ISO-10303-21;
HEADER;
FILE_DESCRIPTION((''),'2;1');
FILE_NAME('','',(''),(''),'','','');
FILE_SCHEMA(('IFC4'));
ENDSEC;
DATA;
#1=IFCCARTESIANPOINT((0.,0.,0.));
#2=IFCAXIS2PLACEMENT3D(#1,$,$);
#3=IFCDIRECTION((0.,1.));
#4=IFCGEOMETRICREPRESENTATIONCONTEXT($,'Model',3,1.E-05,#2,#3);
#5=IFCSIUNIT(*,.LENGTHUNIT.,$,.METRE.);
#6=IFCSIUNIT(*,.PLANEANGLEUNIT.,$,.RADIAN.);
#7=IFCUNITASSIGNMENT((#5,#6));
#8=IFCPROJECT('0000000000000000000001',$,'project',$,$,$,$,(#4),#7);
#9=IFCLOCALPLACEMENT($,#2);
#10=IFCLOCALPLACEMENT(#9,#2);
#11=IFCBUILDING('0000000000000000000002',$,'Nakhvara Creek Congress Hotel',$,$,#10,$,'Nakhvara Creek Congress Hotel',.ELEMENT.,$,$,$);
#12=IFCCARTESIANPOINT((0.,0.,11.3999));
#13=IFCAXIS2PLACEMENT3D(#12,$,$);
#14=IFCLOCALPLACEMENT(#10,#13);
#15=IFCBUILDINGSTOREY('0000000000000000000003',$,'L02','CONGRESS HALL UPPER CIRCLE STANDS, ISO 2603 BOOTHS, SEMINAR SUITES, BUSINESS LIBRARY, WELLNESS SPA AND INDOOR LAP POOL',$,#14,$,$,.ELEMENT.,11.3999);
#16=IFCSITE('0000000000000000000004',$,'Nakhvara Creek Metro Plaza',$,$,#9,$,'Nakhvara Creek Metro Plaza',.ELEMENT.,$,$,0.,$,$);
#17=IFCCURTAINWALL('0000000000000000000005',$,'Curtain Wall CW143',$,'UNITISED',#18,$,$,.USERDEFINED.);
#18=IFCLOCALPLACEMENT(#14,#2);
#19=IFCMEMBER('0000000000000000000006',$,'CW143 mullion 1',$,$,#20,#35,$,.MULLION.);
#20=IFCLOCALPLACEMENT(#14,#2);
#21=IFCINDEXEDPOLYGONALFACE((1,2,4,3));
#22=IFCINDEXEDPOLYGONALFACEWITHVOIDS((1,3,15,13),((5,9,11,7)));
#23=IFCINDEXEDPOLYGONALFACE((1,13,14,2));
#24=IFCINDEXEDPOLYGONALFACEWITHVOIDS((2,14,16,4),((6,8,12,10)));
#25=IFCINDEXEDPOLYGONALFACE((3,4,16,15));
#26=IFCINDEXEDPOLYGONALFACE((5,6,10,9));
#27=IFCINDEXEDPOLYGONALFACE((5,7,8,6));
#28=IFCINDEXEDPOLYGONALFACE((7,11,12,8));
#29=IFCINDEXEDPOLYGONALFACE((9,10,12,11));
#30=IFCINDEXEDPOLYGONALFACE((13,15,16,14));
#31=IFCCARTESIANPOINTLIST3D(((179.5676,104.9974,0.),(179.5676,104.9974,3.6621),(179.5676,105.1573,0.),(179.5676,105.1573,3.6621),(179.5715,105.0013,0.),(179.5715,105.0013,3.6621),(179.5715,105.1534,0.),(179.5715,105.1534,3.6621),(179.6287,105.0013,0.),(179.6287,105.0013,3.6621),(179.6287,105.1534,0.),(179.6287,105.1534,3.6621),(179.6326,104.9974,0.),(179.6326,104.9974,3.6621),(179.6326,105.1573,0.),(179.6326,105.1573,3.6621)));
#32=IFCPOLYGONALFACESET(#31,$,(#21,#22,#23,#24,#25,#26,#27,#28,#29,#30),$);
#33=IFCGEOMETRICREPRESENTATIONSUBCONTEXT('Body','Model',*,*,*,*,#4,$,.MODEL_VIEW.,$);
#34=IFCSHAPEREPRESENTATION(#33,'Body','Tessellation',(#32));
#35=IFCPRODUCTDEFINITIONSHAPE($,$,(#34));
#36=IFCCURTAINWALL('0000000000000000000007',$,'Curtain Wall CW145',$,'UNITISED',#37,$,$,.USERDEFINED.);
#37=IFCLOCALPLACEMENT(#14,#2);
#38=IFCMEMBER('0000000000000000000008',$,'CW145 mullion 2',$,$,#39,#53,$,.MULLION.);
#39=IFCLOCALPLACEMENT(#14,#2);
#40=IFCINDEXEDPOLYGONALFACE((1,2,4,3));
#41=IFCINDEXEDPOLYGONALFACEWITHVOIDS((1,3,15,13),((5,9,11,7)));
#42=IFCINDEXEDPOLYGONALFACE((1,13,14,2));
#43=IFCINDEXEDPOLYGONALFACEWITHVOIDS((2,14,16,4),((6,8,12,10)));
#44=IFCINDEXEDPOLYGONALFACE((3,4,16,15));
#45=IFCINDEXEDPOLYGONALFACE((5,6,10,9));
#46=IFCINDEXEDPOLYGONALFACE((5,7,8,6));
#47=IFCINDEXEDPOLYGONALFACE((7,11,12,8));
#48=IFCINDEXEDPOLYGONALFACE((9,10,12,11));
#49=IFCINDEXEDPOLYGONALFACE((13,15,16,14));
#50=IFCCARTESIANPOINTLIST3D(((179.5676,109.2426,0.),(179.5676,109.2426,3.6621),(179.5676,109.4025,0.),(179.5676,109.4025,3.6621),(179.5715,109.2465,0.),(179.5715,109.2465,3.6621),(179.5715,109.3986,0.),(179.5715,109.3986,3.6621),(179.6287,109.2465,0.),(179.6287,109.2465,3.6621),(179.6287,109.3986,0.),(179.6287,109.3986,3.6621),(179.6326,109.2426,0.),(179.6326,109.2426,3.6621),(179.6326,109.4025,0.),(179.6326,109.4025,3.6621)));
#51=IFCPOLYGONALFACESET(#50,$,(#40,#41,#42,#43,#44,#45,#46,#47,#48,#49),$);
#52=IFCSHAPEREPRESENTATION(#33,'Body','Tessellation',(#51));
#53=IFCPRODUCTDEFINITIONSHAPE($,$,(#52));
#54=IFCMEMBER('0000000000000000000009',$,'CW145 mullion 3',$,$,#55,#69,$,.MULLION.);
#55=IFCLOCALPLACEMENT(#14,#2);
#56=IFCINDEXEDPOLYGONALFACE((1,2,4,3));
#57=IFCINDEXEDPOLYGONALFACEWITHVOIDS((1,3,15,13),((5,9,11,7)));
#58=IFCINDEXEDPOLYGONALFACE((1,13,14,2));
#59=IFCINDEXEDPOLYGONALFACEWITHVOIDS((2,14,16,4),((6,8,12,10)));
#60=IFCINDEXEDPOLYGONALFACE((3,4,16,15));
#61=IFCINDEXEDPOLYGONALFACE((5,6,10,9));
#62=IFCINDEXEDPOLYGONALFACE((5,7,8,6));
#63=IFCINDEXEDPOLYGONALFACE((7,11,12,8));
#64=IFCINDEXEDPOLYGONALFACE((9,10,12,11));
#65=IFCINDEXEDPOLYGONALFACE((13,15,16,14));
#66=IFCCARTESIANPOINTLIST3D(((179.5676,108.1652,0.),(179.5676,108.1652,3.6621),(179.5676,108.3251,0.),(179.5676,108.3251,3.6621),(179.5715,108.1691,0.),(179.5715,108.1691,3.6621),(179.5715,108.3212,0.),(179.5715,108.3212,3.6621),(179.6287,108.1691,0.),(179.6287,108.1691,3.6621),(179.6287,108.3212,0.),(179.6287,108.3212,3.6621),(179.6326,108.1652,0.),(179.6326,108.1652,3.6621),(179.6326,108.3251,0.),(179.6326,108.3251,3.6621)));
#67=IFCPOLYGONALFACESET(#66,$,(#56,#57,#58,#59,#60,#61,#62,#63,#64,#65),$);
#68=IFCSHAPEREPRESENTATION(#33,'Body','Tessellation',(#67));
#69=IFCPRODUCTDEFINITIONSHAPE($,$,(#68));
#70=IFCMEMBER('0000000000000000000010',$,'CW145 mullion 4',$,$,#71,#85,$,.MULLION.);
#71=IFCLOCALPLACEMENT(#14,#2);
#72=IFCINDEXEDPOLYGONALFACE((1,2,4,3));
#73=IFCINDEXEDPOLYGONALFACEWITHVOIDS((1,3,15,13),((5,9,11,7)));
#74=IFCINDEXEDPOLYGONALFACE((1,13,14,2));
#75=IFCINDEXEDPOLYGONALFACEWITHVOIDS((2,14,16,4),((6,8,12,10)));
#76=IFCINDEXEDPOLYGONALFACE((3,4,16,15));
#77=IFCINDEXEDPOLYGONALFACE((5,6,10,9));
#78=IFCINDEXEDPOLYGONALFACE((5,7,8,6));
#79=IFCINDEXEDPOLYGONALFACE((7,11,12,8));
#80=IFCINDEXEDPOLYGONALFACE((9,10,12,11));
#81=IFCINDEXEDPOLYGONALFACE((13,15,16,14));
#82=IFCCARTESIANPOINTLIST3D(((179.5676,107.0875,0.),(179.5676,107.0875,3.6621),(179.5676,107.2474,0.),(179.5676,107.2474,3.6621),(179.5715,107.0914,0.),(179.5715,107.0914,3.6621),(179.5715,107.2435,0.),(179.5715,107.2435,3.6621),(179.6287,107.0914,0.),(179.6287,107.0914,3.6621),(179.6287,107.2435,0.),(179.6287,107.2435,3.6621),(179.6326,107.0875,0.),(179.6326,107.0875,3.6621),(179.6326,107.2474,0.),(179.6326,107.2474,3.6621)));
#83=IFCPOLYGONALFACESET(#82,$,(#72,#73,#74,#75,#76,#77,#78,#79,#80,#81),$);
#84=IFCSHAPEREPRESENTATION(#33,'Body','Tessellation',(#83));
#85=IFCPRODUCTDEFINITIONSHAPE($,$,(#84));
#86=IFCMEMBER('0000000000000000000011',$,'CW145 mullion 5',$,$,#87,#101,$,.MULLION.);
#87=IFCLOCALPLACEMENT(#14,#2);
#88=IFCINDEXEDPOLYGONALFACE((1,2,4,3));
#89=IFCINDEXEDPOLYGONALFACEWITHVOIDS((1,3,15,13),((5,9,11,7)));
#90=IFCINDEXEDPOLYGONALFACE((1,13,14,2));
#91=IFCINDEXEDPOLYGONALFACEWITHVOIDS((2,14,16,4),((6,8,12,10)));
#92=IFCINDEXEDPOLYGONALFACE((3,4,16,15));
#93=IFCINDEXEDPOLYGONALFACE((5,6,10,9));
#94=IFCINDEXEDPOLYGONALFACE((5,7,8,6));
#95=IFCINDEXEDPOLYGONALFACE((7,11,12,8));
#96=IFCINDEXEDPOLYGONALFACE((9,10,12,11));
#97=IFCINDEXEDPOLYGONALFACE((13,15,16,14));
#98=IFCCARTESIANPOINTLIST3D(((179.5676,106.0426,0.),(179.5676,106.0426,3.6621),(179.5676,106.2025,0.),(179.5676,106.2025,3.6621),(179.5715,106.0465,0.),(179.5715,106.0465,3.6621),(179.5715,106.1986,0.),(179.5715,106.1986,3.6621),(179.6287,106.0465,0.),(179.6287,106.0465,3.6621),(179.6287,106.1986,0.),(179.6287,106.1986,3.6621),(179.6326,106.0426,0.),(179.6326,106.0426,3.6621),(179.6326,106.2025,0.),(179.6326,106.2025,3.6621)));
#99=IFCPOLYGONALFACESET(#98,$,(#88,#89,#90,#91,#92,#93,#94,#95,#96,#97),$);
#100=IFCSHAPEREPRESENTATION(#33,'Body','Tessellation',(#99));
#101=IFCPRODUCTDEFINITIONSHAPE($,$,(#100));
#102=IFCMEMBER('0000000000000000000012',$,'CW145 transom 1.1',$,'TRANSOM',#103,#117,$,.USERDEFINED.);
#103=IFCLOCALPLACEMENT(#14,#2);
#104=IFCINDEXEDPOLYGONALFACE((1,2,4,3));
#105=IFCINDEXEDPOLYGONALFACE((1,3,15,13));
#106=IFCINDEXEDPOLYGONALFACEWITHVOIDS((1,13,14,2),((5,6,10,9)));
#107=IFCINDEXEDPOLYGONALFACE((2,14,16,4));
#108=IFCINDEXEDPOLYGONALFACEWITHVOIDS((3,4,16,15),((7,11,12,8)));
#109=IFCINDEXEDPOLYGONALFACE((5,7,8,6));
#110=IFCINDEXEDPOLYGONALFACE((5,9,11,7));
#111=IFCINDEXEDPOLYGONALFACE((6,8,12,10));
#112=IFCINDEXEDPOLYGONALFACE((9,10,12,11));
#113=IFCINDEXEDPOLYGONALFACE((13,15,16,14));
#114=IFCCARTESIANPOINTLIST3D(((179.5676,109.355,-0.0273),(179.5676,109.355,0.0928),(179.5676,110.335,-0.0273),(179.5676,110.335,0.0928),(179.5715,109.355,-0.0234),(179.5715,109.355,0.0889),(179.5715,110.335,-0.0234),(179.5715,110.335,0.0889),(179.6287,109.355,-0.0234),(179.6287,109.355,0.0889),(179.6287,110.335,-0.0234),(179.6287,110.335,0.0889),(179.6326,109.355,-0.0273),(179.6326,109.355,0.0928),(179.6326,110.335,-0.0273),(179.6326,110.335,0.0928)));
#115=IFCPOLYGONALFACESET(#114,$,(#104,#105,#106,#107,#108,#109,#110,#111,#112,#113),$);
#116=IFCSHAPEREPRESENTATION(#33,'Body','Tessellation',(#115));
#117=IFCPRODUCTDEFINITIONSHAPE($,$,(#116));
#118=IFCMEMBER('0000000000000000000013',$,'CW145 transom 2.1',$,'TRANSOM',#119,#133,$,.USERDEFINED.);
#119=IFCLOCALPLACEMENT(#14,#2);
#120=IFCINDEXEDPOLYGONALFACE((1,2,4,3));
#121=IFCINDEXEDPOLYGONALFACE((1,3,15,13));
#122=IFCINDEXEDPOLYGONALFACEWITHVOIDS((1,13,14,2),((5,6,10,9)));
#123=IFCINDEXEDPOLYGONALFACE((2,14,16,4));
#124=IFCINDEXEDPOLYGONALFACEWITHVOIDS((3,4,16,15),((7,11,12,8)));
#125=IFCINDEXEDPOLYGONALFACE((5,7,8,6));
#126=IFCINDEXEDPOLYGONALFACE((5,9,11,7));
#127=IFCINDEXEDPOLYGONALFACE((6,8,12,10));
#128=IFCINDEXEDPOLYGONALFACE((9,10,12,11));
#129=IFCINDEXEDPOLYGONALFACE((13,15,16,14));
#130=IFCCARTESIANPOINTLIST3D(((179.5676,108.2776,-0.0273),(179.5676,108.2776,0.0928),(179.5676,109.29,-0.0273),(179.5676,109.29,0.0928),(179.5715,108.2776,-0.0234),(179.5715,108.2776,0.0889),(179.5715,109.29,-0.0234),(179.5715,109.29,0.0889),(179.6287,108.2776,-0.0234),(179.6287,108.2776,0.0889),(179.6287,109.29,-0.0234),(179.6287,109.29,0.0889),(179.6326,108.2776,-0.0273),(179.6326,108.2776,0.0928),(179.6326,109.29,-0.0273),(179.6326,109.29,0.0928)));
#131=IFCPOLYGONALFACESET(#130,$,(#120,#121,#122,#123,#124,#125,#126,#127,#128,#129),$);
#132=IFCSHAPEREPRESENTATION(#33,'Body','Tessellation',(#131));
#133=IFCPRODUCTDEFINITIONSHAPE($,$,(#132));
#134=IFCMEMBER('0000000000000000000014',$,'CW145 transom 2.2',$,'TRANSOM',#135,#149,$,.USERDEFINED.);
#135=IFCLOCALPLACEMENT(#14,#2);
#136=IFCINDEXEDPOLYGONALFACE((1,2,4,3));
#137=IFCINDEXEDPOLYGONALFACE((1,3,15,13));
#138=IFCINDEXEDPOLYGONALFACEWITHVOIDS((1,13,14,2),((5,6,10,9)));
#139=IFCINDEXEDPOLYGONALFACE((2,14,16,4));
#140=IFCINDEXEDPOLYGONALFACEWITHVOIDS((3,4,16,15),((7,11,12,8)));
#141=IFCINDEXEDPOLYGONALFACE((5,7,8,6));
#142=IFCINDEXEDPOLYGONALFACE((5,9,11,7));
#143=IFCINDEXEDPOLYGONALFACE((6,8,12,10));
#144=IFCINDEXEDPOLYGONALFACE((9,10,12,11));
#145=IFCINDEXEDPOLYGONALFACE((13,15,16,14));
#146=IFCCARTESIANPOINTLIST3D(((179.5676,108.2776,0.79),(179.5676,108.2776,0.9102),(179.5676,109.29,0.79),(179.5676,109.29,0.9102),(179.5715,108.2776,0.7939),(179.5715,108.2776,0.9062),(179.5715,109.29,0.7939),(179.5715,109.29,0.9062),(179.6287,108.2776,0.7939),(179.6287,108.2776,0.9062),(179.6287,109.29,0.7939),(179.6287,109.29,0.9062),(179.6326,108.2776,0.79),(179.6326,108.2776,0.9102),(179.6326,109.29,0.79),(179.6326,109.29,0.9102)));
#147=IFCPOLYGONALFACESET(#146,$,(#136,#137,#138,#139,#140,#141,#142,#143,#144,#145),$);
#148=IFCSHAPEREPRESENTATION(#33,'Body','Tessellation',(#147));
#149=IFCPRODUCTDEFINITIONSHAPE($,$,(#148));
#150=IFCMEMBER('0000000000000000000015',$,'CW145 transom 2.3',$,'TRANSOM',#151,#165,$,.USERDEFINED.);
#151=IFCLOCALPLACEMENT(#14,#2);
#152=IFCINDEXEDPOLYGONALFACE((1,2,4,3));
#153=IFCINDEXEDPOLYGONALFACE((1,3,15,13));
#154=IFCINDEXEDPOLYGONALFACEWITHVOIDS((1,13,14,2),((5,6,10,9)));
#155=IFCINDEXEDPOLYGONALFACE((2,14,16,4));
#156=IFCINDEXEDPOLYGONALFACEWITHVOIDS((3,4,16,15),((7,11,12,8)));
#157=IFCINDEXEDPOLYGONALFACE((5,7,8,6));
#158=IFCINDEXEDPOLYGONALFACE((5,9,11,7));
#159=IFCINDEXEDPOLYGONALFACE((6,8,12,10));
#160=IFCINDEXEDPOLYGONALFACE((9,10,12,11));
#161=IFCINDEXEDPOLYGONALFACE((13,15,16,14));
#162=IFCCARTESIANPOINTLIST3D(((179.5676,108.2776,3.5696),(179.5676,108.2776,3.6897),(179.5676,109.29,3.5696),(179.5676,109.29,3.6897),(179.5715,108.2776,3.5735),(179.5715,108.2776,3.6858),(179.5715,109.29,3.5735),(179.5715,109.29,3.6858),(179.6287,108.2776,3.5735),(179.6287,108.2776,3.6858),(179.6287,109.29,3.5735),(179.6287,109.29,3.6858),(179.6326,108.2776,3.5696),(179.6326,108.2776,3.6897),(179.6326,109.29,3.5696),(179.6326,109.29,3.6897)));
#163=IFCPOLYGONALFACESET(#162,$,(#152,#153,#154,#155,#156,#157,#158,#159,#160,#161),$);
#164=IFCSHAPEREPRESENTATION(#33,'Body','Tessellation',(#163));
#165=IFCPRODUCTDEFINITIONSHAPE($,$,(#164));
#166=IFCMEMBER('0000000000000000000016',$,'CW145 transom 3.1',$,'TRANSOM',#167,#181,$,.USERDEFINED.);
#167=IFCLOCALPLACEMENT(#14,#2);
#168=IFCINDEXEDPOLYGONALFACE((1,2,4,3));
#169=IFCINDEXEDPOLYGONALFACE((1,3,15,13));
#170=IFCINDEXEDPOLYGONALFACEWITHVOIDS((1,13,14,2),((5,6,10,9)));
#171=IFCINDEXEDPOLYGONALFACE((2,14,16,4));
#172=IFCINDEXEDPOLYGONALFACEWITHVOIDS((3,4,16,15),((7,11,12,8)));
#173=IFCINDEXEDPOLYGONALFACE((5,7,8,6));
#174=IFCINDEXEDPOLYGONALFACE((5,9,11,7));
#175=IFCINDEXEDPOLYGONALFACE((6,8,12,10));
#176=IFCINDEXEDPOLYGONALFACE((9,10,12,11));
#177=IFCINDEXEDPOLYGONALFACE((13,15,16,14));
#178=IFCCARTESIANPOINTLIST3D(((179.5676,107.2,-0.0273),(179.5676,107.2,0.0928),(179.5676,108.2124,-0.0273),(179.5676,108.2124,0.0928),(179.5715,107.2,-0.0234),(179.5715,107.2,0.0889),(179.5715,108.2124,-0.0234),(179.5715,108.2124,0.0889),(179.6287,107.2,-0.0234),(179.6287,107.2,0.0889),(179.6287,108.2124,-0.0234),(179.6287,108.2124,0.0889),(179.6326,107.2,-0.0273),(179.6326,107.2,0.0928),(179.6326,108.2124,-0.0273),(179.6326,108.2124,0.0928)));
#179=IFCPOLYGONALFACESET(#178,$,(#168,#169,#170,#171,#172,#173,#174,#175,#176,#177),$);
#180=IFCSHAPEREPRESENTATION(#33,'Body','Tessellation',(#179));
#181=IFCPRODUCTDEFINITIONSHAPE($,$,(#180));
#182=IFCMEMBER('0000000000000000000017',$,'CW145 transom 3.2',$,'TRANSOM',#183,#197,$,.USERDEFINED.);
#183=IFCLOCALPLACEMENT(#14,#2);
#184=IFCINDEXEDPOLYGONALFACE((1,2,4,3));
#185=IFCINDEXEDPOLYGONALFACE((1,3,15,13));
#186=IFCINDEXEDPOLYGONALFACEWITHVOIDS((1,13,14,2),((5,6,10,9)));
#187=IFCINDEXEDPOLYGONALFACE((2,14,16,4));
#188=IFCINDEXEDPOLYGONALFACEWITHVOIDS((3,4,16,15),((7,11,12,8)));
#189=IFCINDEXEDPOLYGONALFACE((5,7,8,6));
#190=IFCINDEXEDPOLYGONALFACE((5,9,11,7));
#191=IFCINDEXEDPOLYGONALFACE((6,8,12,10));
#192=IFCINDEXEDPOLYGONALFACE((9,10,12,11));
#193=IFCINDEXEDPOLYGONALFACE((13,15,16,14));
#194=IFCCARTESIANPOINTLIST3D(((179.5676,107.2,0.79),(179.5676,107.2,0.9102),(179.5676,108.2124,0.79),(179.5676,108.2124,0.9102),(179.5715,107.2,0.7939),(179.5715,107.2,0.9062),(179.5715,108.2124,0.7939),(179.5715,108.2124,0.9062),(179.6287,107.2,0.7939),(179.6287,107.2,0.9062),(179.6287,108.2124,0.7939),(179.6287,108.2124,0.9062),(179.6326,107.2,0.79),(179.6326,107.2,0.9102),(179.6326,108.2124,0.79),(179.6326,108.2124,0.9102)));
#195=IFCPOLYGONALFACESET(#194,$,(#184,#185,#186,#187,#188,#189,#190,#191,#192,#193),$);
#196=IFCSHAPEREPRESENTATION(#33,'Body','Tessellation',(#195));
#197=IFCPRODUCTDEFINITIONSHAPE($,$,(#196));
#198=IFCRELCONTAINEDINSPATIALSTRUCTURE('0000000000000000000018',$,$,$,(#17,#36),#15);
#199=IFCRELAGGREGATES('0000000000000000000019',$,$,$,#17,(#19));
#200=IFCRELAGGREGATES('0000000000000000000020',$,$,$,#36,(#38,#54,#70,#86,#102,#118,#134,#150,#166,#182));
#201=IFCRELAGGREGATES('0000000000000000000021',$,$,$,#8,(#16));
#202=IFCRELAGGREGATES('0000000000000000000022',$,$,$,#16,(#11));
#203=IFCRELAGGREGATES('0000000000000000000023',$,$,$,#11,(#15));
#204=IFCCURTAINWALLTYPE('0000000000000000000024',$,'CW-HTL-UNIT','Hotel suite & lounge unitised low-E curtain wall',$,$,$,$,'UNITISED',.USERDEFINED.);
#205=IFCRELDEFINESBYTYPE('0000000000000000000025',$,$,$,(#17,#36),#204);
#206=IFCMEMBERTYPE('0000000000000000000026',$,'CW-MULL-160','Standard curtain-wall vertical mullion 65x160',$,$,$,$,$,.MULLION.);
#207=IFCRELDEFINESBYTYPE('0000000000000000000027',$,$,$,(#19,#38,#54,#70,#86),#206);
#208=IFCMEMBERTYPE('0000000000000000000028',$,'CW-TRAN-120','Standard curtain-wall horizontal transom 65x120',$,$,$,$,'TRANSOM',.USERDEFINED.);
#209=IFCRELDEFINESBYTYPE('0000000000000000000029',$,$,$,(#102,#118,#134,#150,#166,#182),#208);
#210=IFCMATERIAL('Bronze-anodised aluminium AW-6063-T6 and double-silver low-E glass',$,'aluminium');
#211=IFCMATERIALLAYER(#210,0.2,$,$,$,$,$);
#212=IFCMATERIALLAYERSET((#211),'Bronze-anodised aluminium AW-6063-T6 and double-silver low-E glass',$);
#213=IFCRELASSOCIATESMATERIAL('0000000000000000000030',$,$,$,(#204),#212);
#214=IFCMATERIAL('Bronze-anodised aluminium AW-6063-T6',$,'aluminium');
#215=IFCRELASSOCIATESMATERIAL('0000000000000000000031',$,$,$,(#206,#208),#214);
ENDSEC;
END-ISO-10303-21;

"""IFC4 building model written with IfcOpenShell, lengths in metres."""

from ifc_helpers import new_model, si_unit, direction, frame, origin, origin_2d, place, context, subcontext, project, spatial, hollow_rectangle, extrude, material, layer, layer_set, material_profile, profile_set, type_object, element, aggregate, save


model = new_model("IFC4")

# Units and contexts
model_context = context("Model", 3, precision=1e-05, world=origin(), true_north=direction((0.0, 1.0)))
body_context = subcontext(model_context, "Body", "Model", "MODEL_VIEW")
ifc_project = project(units=[si_unit("LENGTHUNIT", "METRE"), si_unit("PLANEANGLEUNIT", "RADIAN")], contexts=[model_context])

# Site, building, storey
site_placement = place(None, origin())
site = spatial("IfcSite", under=ifc_project, at=site_placement, Name="Nakhvara Creek Metro Plaza", LongName="Nakhvara Creek Metro Plaza", CompositionType="ELEMENT", RefElevation=0.0)
building_placement = place(site_placement, origin())
building = spatial("IfcBuilding", under=site, at=building_placement, Name="Nakhvara Creek Congress Hotel", LongName="Nakhvara Creek Congress Hotel", CompositionType="ELEMENT")
storey_placement = place(building_placement, frame((0.0, 0.0, 11.3999)))
storey = spatial("IfcBuildingStorey", under=building, at=storey_placement, Name="L02", Description="CONGRESS HALL UPPER CIRCLE STANDS, ISO 2603 BOOTHS, SEMINAR SUITES, BUSINESS LIBRARY, WELLNESS SPA AND INDOOR LAP POOL", CompositionType="ELEMENT", Elevation=11.3999)

# Curtain wall, member
ifc_material_1 = material(Name="Bronze-anodised aluminium AW-6063-T6 and double-silver low-E glass", Category="aluminium")
ifc_layer = layer(ifc_material_1, 0.2)
ifc_layer_set = layer_set([ifc_layer], Name="Bronze-anodised aluminium AW-6063-T6 and double-silver low-E glass")
curtain_wall_type = type_object("IfcCurtainWallType", Name="CW-HTL-UNIT", Description="Hotel suite & lounge unitised low-E curtain wall", ElementType="UNITISED", PredefinedType="USERDEFINED", material=ifc_layer_set)
curtain_wall_1_placement = place(storey_placement, origin())
curtain_wall_1 = element("IfcCurtainWall", 1, at=curtain_wall_1_placement, inside=storey, type_object=curtain_wall_type, Name="Curtain Wall CW143", ObjectType="UNITISED", PredefinedType="USERDEFINED")
ifc_material_2 = material(Name="Bronze-anodised aluminium AW-6063-T6", Category="aluminium")
ifc_material_profile_1 = material_profile(ifc_material_2, hollow_rectangle(XDim=0.0649, YDim=0.1599, WallThickness=0.0039, at=origin_2d()), Name="ALU-MULL 65x160x4", Category="LoadBearing")
ifc_profile_set_1 = profile_set([ifc_material_profile_1], Name="Bronze-anodised aluminium AW-6063-T6")
member_type_1 = type_object("IfcMemberType", Name="CW-MULL-160", Description="Standard curtain-wall vertical mullion 65x160", PredefinedType="MULLION", material=ifc_profile_set_1)
member_1_placement = place(storey_placement, frame((179.6001, 105.0774, 0.0), z_axis=(0.0, 0.0, 1.0), x_axis=(1.0, 0.0, 0.0)))
member_1 = element("IfcMember", 2, at=member_1_placement, type_object=member_type_1, Name="CW143 mullion 1", PredefinedType="MULLION", context=body_context, shape_type="SweptSolid", body=[
    extrude(hollow_rectangle(XDim=0.0649, YDim=0.1599, WallThickness=0.0039, at=origin_2d()), origin(), (0.0, 0.0, 1.0), 3.6621),
])
aggregate(curtain_wall_1, [member_1])

# Curtain wall, members
curtain_wall_2_placement = place(storey_placement, origin())
curtain_wall_2 = element("IfcCurtainWall", 3, at=curtain_wall_2_placement, inside=storey, type_object=curtain_wall_type, Name="Curtain Wall CW145", ObjectType="UNITISED", PredefinedType="USERDEFINED")
member_2_placement = place(storey_placement, frame((179.6001, 109.3225, 0.0), z_axis=(0.0, 0.0, 1.0), x_axis=(1.0, 0.0, 0.0)))
member_2 = element("IfcMember", 4, at=member_2_placement, type_object=member_type_1, Name="CW145 mullion 2", PredefinedType="MULLION", context=body_context, shape_type="SweptSolid", body=[
    extrude(hollow_rectangle(XDim=0.0649, YDim=0.1599, WallThickness=0.0039, at=origin_2d()), origin(), (0.0, 0.0, 1.0), 3.6621),
])
member_3_placement = place(storey_placement, frame((179.6001, 108.2451, 0.0), z_axis=(0.0, 0.0, 1.0), x_axis=(1.0, 0.0, 0.0)))
member_3 = element("IfcMember", 5, at=member_3_placement, type_object=member_type_1, Name="CW145 mullion 3", PredefinedType="MULLION", context=body_context, shape_type="SweptSolid", body=[
    extrude(hollow_rectangle(XDim=0.0649, YDim=0.1599, WallThickness=0.0039, at=origin_2d()), origin(), (0.0, 0.0, 1.0), 3.6621),
])
member_4_placement = place(storey_placement, frame((179.6001, 107.1675, 0.0), z_axis=(0.0, 0.0, 1.0), x_axis=(1.0, 0.0, 0.0)))
member_4 = element("IfcMember", 6, at=member_4_placement, type_object=member_type_1, Name="CW145 mullion 4", PredefinedType="MULLION", context=body_context, shape_type="SweptSolid", body=[
    extrude(hollow_rectangle(XDim=0.0649, YDim=0.1599, WallThickness=0.0039, at=origin_2d()), origin(), (0.0, 0.0, 1.0), 3.6621),
])
member_5_placement = place(storey_placement, frame((179.6001, 106.1226, 0.0), z_axis=(0.0, 0.0, 1.0), x_axis=(1.0, 0.0, 0.0)))
member_5 = element("IfcMember", 7, at=member_5_placement, type_object=member_type_1, Name="CW145 mullion 5", PredefinedType="MULLION", context=body_context, shape_type="SweptSolid", body=[
    extrude(hollow_rectangle(XDim=0.0649, YDim=0.1599, WallThickness=0.0039, at=origin_2d()), origin(), (0.0, 0.0, 1.0), 3.6621),
])
ifc_material_profile_2 = material_profile(ifc_material_2, hollow_rectangle(XDim=0.0649, YDim=0.1201, WallThickness=0.0039, at=origin_2d()), Name="ALU-TRAN 65x120x4", Category="LoadBearing")
ifc_profile_set_2 = profile_set([ifc_material_profile_2], Name="Bronze-anodised aluminium AW-6063-T6")
member_type_2 = type_object("IfcMemberType", Name="CW-TRAN-120", Description="Standard curtain-wall horizontal transom 65x120", ElementType="TRANSOM", PredefinedType="USERDEFINED", material=ifc_profile_set_2)
member_6_placement = place(storey_placement, frame((179.6001, 110.335, 0.0327), z_axis=(0.0, -1.0, 0.0), x_axis=(1.0, 0.0, 0.0)))
member_6 = element("IfcMember", 8, at=member_6_placement, type_object=member_type_2, Name="CW145 transom 1.1", ObjectType="TRANSOM", PredefinedType="USERDEFINED", context=body_context, shape_type="SweptSolid", body=[
    extrude(hollow_rectangle(XDim=0.0649, YDim=0.1201, WallThickness=0.0039, at=origin_2d()), origin(), (0.0, 0.0, 1.0), 0.98),
])
member_7_placement = place(storey_placement, frame((179.6001, 109.29, 0.0327), z_axis=(0.0, -1.0, 0.0), x_axis=(1.0, 0.0, 0.0)))
member_7 = element("IfcMember", 9, at=member_7_placement, type_object=member_type_2, Name="CW145 transom 2.1", ObjectType="TRANSOM", PredefinedType="USERDEFINED", context=body_context, shape_type="SweptSolid", body=[
    extrude(hollow_rectangle(XDim=0.0649, YDim=0.1201, WallThickness=0.0039, at=origin_2d()), origin(), (0.0, 0.0, 1.0), 1.0125),
])
member_8_placement = place(storey_placement, frame((179.6001, 109.29, 0.8501), z_axis=(0.0, -1.0, 0.0), x_axis=(1.0, 0.0, 0.0)))
member_8 = element("IfcMember", 10, at=member_8_placement, type_object=member_type_2, Name="CW145 transom 2.2", ObjectType="TRANSOM", PredefinedType="USERDEFINED", context=body_context, shape_type="SweptSolid", body=[
    extrude(hollow_rectangle(XDim=0.0649, YDim=0.1201, WallThickness=0.0039, at=origin_2d()), origin(), (0.0, 0.0, 1.0), 1.0125),
])
member_9_placement = place(storey_placement, frame((179.6001, 109.29, 3.6296), z_axis=(0.0, -1.0, 0.0), x_axis=(1.0, 0.0, 0.0)))
member_9 = element("IfcMember", 11, at=member_9_placement, type_object=member_type_2, Name="CW145 transom 2.3", ObjectType="TRANSOM", PredefinedType="USERDEFINED", context=body_context, shape_type="SweptSolid", body=[
    extrude(hollow_rectangle(XDim=0.0649, YDim=0.1201, WallThickness=0.0039, at=origin_2d()), origin(), (0.0, 0.0, 1.0), 1.0125),
])
member_10_placement = place(storey_placement, frame((179.6001, 108.2124, 0.0327), z_axis=(0.0, -1.0, 0.0), x_axis=(1.0, 0.0, 0.0)))
member_10 = element("IfcMember", 12, at=member_10_placement, type_object=member_type_2, Name="CW145 transom 3.1", ObjectType="TRANSOM", PredefinedType="USERDEFINED", context=body_context, shape_type="SweptSolid", body=[
    extrude(hollow_rectangle(XDim=0.0649, YDim=0.1201, WallThickness=0.0039, at=origin_2d()), origin(), (0.0, 0.0, 1.0), 1.0125),
])
member_11_placement = place(storey_placement, frame((179.6001, 108.2124, 0.8501), z_axis=(0.0, -1.0, 0.0), x_axis=(1.0, 0.0, 0.0)))
member_11 = element("IfcMember", 13, at=member_11_placement, type_object=member_type_2, Name="CW145 transom 3.2", ObjectType="TRANSOM", PredefinedType="USERDEFINED", context=body_context, shape_type="SweptSolid", body=[
    extrude(hollow_rectangle(XDim=0.0649, YDim=0.1201, WallThickness=0.0039, at=origin_2d()), origin(), (0.0, 0.0, 1.0), 1.0125),
])
aggregate(curtain_wall_2, [member_2, member_3, member_4, member_5, member_6, member_7, member_8, member_9, member_10, member_11])

save(model, "model.ifc")
